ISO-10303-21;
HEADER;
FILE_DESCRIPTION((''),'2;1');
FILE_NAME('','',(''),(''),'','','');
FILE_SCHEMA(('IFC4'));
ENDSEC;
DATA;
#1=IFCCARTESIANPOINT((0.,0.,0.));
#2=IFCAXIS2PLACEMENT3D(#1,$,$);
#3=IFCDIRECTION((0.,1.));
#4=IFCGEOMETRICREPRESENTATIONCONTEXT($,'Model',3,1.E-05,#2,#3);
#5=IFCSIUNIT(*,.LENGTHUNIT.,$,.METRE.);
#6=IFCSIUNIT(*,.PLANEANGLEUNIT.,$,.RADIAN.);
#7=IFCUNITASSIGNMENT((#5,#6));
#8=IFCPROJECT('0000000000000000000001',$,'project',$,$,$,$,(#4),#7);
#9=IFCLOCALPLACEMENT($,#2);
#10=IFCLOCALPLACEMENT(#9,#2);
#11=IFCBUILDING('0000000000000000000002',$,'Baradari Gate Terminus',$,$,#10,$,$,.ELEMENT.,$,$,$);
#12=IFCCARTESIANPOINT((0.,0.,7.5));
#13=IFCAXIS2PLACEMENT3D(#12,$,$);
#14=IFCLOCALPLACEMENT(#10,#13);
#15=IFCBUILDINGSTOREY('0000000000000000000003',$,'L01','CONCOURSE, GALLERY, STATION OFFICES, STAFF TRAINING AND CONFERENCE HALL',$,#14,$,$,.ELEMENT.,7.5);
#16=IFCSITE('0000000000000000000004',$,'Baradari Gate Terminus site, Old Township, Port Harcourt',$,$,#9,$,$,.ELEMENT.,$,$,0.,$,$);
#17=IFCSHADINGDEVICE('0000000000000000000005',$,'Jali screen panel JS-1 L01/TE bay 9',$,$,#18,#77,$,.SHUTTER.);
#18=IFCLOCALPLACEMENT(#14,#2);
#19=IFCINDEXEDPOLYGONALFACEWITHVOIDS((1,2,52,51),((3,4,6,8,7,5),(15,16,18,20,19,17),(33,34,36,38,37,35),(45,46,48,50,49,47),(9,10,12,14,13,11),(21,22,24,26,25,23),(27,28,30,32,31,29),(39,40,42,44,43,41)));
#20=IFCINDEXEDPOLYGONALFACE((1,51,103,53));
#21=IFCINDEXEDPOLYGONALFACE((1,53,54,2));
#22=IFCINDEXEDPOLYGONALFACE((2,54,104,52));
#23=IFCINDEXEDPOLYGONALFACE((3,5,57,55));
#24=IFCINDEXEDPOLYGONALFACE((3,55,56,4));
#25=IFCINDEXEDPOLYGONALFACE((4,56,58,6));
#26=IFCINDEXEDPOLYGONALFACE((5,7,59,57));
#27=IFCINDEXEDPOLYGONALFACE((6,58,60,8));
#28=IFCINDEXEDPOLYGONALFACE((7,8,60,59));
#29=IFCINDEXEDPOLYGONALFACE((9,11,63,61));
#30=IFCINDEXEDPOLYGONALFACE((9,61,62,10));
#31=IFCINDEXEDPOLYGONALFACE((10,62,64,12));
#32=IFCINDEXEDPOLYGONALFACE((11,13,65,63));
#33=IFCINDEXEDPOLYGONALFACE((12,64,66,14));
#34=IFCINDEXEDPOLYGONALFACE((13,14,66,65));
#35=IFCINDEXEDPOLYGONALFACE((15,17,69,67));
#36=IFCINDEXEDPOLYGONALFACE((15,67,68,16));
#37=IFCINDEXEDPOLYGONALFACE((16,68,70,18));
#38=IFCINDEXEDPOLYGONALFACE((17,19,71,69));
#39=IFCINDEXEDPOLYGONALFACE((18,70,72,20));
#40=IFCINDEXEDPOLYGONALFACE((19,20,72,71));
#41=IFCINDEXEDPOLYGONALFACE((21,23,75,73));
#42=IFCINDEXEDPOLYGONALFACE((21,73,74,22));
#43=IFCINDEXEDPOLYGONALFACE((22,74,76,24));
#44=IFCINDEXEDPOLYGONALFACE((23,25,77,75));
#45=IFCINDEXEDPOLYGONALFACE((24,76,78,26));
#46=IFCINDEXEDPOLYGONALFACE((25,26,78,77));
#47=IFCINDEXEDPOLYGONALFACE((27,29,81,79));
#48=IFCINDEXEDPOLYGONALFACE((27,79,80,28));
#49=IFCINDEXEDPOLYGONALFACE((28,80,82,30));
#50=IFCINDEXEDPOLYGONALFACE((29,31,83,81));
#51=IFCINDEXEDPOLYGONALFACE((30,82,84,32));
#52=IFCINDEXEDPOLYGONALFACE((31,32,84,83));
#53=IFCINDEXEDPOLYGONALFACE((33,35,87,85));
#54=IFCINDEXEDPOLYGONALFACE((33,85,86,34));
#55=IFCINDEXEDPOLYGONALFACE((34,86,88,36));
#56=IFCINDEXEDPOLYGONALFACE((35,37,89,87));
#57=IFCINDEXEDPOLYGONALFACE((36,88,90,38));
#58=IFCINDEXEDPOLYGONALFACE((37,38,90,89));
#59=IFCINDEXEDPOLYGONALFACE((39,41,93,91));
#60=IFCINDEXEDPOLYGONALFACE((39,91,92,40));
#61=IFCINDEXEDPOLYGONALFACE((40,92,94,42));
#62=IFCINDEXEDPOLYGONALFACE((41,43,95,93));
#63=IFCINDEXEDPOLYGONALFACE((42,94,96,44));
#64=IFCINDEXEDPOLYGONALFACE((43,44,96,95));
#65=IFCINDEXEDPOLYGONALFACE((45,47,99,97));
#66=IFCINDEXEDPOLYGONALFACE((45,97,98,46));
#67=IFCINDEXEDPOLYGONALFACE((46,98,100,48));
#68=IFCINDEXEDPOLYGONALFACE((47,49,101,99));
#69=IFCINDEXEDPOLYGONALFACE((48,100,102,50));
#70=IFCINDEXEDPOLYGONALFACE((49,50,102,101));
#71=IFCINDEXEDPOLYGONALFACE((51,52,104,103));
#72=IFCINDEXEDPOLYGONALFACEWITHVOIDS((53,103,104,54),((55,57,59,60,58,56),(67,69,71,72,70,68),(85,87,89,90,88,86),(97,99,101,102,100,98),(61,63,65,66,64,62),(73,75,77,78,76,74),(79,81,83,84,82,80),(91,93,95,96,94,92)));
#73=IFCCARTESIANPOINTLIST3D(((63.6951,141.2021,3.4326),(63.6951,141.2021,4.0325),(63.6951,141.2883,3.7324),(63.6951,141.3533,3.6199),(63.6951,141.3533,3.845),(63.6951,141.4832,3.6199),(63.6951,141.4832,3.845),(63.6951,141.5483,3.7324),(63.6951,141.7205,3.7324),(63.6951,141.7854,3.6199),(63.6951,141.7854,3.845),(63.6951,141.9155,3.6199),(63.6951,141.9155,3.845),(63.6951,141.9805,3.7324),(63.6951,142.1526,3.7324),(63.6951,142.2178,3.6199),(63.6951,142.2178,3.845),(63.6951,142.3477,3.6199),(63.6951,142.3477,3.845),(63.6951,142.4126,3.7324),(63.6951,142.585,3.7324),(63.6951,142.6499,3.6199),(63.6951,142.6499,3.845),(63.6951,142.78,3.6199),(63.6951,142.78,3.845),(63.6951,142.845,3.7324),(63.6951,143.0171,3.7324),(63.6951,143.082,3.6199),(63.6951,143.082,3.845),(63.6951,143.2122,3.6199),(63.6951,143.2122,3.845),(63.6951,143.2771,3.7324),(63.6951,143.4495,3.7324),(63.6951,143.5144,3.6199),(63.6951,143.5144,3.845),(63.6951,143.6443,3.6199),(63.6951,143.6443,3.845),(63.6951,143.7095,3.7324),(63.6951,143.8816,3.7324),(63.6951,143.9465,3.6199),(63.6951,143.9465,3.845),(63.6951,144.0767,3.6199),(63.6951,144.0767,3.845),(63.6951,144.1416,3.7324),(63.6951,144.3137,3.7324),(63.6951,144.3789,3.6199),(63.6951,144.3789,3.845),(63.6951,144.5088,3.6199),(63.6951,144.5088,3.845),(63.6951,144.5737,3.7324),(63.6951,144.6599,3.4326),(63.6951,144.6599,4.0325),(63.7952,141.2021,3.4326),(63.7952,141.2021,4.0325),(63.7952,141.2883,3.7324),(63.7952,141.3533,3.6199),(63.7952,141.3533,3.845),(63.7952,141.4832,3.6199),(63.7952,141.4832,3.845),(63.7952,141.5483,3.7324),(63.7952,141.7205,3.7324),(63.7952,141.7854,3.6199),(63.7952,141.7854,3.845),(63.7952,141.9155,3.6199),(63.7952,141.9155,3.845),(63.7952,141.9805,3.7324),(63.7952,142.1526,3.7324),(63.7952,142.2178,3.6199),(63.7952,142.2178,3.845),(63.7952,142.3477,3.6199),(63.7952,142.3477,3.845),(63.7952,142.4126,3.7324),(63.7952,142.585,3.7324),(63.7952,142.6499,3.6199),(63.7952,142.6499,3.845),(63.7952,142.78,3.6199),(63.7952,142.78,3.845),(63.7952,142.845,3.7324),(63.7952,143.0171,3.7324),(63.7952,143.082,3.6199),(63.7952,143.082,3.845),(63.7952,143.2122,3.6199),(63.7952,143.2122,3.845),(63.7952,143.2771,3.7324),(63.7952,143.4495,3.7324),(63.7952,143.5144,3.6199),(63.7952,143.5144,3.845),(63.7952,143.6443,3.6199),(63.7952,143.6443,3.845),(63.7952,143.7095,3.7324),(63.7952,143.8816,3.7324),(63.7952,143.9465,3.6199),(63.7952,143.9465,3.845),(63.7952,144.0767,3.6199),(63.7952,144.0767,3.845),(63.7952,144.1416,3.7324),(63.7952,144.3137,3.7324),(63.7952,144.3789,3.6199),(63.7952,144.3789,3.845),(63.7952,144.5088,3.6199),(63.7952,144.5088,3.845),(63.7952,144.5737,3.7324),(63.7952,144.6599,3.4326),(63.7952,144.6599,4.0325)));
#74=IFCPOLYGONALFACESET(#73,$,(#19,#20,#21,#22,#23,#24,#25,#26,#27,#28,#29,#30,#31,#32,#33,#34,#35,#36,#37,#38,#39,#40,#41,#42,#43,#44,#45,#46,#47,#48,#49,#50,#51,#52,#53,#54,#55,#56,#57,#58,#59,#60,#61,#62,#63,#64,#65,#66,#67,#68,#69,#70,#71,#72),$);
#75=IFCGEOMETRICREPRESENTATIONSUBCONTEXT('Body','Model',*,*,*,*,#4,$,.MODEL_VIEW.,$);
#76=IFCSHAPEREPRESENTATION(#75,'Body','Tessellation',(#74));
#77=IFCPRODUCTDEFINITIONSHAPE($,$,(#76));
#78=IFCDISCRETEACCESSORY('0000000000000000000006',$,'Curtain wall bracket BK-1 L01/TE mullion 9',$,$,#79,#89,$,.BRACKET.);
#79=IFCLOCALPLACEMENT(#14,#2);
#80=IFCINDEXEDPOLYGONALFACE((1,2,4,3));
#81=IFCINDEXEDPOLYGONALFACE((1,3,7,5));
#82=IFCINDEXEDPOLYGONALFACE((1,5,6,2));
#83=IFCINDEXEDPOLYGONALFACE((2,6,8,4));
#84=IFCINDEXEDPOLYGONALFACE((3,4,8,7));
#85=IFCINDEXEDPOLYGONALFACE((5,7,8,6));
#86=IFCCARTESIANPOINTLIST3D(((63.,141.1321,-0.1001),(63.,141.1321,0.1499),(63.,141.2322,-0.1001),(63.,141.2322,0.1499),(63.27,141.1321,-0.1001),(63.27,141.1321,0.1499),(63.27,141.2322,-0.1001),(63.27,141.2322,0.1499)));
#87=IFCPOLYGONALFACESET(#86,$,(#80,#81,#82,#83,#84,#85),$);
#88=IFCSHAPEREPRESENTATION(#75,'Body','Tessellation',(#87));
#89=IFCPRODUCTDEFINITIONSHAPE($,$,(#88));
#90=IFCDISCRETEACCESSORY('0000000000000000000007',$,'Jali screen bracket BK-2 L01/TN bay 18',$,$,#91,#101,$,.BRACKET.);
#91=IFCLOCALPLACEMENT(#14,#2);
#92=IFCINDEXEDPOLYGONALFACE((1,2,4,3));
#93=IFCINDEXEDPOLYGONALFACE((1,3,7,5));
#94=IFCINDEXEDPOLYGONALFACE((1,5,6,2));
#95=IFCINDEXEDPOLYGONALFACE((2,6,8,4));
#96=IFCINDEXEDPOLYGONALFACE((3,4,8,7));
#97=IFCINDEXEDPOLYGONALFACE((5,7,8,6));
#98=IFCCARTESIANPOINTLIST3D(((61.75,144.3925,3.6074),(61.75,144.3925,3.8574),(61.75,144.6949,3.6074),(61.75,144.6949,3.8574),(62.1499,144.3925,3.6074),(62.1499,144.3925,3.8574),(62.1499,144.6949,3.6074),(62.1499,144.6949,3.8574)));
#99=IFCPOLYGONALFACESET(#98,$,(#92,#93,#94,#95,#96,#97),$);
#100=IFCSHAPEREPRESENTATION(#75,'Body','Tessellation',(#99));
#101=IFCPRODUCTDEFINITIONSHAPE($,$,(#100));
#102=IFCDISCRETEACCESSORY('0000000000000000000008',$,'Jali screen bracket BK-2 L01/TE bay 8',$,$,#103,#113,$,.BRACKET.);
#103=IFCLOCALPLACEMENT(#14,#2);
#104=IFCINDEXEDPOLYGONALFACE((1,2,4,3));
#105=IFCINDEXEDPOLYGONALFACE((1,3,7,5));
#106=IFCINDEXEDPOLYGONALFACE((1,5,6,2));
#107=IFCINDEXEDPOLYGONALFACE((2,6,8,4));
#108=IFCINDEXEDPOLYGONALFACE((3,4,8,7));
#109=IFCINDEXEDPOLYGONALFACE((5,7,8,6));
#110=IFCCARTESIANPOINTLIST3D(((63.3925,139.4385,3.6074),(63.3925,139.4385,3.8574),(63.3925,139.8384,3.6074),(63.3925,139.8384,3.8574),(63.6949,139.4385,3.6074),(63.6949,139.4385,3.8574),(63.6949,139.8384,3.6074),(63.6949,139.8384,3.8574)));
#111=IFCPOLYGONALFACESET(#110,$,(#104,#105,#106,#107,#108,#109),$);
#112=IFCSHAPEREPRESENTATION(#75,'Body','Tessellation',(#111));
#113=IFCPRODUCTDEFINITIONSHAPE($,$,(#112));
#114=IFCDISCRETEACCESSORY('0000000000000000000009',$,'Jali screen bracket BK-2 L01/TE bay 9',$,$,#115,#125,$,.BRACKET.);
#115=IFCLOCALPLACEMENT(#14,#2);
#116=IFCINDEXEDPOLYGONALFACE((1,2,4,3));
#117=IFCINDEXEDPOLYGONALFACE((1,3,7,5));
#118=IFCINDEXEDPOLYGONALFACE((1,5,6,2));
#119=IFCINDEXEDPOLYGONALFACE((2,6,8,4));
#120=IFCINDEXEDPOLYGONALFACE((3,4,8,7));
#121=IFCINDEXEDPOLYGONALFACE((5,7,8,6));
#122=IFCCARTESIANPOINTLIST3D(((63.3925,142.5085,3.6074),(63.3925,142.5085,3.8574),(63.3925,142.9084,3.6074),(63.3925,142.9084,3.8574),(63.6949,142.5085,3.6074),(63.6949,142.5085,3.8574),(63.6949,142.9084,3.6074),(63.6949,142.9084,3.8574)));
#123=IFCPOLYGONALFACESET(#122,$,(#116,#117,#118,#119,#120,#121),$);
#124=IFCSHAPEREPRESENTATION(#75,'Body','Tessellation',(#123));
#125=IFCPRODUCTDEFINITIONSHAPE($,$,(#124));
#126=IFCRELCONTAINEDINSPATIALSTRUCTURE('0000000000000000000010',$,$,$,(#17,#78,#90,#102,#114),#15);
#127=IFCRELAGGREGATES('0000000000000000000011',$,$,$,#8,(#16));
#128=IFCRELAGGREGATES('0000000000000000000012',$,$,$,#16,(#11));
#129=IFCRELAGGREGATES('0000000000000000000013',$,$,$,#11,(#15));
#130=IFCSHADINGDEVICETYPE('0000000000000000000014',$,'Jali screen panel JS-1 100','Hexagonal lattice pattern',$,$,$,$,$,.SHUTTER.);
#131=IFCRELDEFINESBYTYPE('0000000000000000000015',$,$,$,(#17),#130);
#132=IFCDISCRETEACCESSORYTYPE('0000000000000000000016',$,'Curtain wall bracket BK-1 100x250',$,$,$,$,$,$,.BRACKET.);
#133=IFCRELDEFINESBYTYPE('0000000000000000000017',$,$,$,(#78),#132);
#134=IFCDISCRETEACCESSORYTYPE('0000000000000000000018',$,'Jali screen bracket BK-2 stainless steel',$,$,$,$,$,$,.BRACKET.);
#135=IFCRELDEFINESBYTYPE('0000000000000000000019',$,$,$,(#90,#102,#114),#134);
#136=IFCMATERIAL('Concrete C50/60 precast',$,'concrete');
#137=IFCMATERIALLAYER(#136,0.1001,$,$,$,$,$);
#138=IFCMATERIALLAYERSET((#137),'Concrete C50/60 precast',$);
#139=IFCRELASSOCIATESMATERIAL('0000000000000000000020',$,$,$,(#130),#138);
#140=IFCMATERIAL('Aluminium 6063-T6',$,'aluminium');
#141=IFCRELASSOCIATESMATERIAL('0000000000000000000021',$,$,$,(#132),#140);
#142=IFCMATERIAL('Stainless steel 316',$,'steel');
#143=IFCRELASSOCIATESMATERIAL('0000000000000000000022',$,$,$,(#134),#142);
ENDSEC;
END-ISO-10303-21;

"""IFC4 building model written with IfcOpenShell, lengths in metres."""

from ifc_helpers import new_model, si_unit, direction, frame, origin, origin_2d, place, context, subcontext, project, spatial, polyline, rectangle, outline, extrude, material, layer, layer_set, type_object, element, save


model = new_model("IFC4")

# Units and contexts
model_context = context("Model", 3, precision=1e-05, world=origin(), true_north=direction((0.0, 1.0)))
body_context = subcontext(model_context, "Body", "Model", "MODEL_VIEW")
ifc_project = project(units=[si_unit("LENGTHUNIT", "METRE"), si_unit("PLANEANGLEUNIT", "RADIAN")], contexts=[model_context])

# Site, building, storey
site_placement = place(None, origin())
site = spatial("IfcSite", under=ifc_project, at=site_placement, Name="Baradari Gate Terminus site, Old Township, Port Harcourt", CompositionType="ELEMENT", RefElevation=0.0)
building_placement = place(site_placement, origin())
building = spatial("IfcBuilding", under=site, at=building_placement, Name="Baradari Gate Terminus", CompositionType="ELEMENT")
storey_placement = place(building_placement, frame((0.0, 0.0, 7.5)))
storey = spatial("IfcBuildingStorey", under=building, at=storey_placement, Name="L01", Description="CONCOURSE, GALLERY, STATION OFFICES, STAFF TRAINING AND CONFERENCE HALL", CompositionType="ELEMENT", Elevation=7.5)

# Shading device
ifc_material_1 = material(Name="Concrete C50/60 precast", Category="concrete")
ifc_layer_1 = layer(ifc_material_1, 0.1001)
ifc_layer_set_1 = layer_set([ifc_layer_1], Name="Concrete C50/60 precast")
shading_device_type = type_object("IfcShadingDeviceType", Name="Jali screen panel JS-1 100", Description="Hexagonal lattice pattern", PredefinedType="SHUTTER", material=ifc_layer_set_1)
shading_device_1_placement = place(storey_placement, frame((63.7451, 141.2021, 3.4326), z_axis=(0.0, 0.0, 1.0), x_axis=(0.0, 1.0, 0.0)))
element("IfcShadingDevice", 1, at=shading_device_1_placement, inside=storey, type_object=shading_device_type, Name="Jali screen panel JS-1 L01/TE bay 9", PredefinedType="SHUTTER", context=body_context, shape_type="SweptSolid", body=[
    extrude(outline(polyline([(0.0, 0.0), (3.4578, 0.0), (3.4578, 0.5999), (0.0, 0.5999), (0.0, 0.0)]), holes=[polyline([(0.3462, 0.2998), (0.281, 0.1873), (0.1511, 0.1873), (0.0862, 0.2998), (0.1511, 0.4124), (0.281, 0.4124), (0.3462, 0.2998)]), polyline([(0.7783, 0.2998), (0.7134, 0.1873), (0.5833, 0.1873), (0.5183, 0.2998), (0.5833, 0.4124), (0.7134, 0.4124), (0.7783, 0.2998)]), polyline([(1.2104, 0.2998), (1.1455, 0.1873), (1.0156, 0.1873), (0.9504, 0.2998), (1.0156, 0.4124), (1.1455, 0.4124), (1.2104, 0.2998)]), polyline([(1.6428, 0.2998), (1.5779, 0.1873), (1.4478, 0.1873), (1.3828, 0.2998), (1.4478, 0.4124), (1.5779, 0.4124), (1.6428, 0.2998)]), polyline([(2.075, 0.2998), (2.01, 0.1873), (1.8799, 0.1873), (1.8149, 0.2998), (1.8799, 0.4124), (2.01, 0.4124), (2.075, 0.2998)]), polyline([(2.5073, 0.2998), (2.4421, 0.1873), (2.3123, 0.1873), (2.2473, 0.2998), (2.3123, 0.4124), (2.4421, 0.4124), (2.5073, 0.2998)]), polyline([(2.9395, 0.2998), (2.8745, 0.1873), (2.7444, 0.1873), (2.6794, 0.2998), (2.7444, 0.4124), (2.8745, 0.4124), (2.9395, 0.2998)]), polyline([(3.3716, 0.2998), (3.3066, 0.1873), (3.1768, 0.1873), (3.1116, 0.2998), (3.1768, 0.4124), (3.3066, 0.4124), (3.3716, 0.2998)])]), frame((0.0, 0.05, 0.0), z_axis=(0.0, -1.0, 0.0), x_axis=(1.0, 0.0, 0.0)), (0.0, 0.0, 1.0), 0.1001),
])

# Discrete accessories
ifc_material_2 = material(Name="Aluminium 6063-T6", Category="aluminium")
discrete_accessory_type_1 = type_object("IfcDiscreteAccessoryType", Name="Curtain wall bracket BK-1 100x250", PredefinedType="BRACKET", material=ifc_material_2)
discrete_accessory_placement = place(storey_placement, frame((63.135, 141.1821, -0.1001), z_axis=(0.0, 0.0, 1.0), x_axis=(1.0, 0.0, 0.0)))
element("IfcDiscreteAccessory", 2, at=discrete_accessory_placement, inside=storey, type_object=discrete_accessory_type_1, Name="Curtain wall bracket BK-1 L01/TE mullion 9", PredefinedType="BRACKET", context=body_context, shape_type="SweptSolid", body=[
    extrude(rectangle(XDim=0.27, YDim=0.1001, at=origin_2d()), origin(), (0.0, 0.0, 1.0), 0.25),
])
ifc_material_3 = material(Name="Stainless steel 316", Category="steel")
discrete_accessory_type_2 = type_object("IfcDiscreteAccessoryType", Name="Jali screen bracket BK-2 stainless steel", PredefinedType="BRACKET", material=ifc_material_3)
for number, where, z_axis, x_axis, name in (
    (3, (61.95, 144.5437, 3.6074), (0.0, 0.0, 1.0), (0.0, 1.0, 0.0), "Jali screen bracket BK-2 L01/TN bay 18"),
    (4, (63.5437, 139.6384, 3.6074), (0.0, 0.0, 1.0), (1.0, 0.0, 0.0), "Jali screen bracket BK-2 L01/TE bay 8"),
    (5, (63.5437, 142.7085, 3.6074), (0.0, 0.0, 1.0), (1.0, 0.0, 0.0), "Jali screen bracket BK-2 L01/TE bay 9"),
):
    element("IfcDiscreteAccessory", number, at=place(storey_placement, frame(where, z_axis=z_axis, x_axis=x_axis)), inside=storey, type_object=discrete_accessory_type_2, Name=name, PredefinedType="BRACKET", context=body_context, shape_type="SweptSolid", body=[
        extrude(rectangle(XDim=0.3025, YDim=0.3999, at=origin_2d()), origin(), (0.0, 0.0, 1.0), 0.25),
    ])

save(model, "model.ifc")
